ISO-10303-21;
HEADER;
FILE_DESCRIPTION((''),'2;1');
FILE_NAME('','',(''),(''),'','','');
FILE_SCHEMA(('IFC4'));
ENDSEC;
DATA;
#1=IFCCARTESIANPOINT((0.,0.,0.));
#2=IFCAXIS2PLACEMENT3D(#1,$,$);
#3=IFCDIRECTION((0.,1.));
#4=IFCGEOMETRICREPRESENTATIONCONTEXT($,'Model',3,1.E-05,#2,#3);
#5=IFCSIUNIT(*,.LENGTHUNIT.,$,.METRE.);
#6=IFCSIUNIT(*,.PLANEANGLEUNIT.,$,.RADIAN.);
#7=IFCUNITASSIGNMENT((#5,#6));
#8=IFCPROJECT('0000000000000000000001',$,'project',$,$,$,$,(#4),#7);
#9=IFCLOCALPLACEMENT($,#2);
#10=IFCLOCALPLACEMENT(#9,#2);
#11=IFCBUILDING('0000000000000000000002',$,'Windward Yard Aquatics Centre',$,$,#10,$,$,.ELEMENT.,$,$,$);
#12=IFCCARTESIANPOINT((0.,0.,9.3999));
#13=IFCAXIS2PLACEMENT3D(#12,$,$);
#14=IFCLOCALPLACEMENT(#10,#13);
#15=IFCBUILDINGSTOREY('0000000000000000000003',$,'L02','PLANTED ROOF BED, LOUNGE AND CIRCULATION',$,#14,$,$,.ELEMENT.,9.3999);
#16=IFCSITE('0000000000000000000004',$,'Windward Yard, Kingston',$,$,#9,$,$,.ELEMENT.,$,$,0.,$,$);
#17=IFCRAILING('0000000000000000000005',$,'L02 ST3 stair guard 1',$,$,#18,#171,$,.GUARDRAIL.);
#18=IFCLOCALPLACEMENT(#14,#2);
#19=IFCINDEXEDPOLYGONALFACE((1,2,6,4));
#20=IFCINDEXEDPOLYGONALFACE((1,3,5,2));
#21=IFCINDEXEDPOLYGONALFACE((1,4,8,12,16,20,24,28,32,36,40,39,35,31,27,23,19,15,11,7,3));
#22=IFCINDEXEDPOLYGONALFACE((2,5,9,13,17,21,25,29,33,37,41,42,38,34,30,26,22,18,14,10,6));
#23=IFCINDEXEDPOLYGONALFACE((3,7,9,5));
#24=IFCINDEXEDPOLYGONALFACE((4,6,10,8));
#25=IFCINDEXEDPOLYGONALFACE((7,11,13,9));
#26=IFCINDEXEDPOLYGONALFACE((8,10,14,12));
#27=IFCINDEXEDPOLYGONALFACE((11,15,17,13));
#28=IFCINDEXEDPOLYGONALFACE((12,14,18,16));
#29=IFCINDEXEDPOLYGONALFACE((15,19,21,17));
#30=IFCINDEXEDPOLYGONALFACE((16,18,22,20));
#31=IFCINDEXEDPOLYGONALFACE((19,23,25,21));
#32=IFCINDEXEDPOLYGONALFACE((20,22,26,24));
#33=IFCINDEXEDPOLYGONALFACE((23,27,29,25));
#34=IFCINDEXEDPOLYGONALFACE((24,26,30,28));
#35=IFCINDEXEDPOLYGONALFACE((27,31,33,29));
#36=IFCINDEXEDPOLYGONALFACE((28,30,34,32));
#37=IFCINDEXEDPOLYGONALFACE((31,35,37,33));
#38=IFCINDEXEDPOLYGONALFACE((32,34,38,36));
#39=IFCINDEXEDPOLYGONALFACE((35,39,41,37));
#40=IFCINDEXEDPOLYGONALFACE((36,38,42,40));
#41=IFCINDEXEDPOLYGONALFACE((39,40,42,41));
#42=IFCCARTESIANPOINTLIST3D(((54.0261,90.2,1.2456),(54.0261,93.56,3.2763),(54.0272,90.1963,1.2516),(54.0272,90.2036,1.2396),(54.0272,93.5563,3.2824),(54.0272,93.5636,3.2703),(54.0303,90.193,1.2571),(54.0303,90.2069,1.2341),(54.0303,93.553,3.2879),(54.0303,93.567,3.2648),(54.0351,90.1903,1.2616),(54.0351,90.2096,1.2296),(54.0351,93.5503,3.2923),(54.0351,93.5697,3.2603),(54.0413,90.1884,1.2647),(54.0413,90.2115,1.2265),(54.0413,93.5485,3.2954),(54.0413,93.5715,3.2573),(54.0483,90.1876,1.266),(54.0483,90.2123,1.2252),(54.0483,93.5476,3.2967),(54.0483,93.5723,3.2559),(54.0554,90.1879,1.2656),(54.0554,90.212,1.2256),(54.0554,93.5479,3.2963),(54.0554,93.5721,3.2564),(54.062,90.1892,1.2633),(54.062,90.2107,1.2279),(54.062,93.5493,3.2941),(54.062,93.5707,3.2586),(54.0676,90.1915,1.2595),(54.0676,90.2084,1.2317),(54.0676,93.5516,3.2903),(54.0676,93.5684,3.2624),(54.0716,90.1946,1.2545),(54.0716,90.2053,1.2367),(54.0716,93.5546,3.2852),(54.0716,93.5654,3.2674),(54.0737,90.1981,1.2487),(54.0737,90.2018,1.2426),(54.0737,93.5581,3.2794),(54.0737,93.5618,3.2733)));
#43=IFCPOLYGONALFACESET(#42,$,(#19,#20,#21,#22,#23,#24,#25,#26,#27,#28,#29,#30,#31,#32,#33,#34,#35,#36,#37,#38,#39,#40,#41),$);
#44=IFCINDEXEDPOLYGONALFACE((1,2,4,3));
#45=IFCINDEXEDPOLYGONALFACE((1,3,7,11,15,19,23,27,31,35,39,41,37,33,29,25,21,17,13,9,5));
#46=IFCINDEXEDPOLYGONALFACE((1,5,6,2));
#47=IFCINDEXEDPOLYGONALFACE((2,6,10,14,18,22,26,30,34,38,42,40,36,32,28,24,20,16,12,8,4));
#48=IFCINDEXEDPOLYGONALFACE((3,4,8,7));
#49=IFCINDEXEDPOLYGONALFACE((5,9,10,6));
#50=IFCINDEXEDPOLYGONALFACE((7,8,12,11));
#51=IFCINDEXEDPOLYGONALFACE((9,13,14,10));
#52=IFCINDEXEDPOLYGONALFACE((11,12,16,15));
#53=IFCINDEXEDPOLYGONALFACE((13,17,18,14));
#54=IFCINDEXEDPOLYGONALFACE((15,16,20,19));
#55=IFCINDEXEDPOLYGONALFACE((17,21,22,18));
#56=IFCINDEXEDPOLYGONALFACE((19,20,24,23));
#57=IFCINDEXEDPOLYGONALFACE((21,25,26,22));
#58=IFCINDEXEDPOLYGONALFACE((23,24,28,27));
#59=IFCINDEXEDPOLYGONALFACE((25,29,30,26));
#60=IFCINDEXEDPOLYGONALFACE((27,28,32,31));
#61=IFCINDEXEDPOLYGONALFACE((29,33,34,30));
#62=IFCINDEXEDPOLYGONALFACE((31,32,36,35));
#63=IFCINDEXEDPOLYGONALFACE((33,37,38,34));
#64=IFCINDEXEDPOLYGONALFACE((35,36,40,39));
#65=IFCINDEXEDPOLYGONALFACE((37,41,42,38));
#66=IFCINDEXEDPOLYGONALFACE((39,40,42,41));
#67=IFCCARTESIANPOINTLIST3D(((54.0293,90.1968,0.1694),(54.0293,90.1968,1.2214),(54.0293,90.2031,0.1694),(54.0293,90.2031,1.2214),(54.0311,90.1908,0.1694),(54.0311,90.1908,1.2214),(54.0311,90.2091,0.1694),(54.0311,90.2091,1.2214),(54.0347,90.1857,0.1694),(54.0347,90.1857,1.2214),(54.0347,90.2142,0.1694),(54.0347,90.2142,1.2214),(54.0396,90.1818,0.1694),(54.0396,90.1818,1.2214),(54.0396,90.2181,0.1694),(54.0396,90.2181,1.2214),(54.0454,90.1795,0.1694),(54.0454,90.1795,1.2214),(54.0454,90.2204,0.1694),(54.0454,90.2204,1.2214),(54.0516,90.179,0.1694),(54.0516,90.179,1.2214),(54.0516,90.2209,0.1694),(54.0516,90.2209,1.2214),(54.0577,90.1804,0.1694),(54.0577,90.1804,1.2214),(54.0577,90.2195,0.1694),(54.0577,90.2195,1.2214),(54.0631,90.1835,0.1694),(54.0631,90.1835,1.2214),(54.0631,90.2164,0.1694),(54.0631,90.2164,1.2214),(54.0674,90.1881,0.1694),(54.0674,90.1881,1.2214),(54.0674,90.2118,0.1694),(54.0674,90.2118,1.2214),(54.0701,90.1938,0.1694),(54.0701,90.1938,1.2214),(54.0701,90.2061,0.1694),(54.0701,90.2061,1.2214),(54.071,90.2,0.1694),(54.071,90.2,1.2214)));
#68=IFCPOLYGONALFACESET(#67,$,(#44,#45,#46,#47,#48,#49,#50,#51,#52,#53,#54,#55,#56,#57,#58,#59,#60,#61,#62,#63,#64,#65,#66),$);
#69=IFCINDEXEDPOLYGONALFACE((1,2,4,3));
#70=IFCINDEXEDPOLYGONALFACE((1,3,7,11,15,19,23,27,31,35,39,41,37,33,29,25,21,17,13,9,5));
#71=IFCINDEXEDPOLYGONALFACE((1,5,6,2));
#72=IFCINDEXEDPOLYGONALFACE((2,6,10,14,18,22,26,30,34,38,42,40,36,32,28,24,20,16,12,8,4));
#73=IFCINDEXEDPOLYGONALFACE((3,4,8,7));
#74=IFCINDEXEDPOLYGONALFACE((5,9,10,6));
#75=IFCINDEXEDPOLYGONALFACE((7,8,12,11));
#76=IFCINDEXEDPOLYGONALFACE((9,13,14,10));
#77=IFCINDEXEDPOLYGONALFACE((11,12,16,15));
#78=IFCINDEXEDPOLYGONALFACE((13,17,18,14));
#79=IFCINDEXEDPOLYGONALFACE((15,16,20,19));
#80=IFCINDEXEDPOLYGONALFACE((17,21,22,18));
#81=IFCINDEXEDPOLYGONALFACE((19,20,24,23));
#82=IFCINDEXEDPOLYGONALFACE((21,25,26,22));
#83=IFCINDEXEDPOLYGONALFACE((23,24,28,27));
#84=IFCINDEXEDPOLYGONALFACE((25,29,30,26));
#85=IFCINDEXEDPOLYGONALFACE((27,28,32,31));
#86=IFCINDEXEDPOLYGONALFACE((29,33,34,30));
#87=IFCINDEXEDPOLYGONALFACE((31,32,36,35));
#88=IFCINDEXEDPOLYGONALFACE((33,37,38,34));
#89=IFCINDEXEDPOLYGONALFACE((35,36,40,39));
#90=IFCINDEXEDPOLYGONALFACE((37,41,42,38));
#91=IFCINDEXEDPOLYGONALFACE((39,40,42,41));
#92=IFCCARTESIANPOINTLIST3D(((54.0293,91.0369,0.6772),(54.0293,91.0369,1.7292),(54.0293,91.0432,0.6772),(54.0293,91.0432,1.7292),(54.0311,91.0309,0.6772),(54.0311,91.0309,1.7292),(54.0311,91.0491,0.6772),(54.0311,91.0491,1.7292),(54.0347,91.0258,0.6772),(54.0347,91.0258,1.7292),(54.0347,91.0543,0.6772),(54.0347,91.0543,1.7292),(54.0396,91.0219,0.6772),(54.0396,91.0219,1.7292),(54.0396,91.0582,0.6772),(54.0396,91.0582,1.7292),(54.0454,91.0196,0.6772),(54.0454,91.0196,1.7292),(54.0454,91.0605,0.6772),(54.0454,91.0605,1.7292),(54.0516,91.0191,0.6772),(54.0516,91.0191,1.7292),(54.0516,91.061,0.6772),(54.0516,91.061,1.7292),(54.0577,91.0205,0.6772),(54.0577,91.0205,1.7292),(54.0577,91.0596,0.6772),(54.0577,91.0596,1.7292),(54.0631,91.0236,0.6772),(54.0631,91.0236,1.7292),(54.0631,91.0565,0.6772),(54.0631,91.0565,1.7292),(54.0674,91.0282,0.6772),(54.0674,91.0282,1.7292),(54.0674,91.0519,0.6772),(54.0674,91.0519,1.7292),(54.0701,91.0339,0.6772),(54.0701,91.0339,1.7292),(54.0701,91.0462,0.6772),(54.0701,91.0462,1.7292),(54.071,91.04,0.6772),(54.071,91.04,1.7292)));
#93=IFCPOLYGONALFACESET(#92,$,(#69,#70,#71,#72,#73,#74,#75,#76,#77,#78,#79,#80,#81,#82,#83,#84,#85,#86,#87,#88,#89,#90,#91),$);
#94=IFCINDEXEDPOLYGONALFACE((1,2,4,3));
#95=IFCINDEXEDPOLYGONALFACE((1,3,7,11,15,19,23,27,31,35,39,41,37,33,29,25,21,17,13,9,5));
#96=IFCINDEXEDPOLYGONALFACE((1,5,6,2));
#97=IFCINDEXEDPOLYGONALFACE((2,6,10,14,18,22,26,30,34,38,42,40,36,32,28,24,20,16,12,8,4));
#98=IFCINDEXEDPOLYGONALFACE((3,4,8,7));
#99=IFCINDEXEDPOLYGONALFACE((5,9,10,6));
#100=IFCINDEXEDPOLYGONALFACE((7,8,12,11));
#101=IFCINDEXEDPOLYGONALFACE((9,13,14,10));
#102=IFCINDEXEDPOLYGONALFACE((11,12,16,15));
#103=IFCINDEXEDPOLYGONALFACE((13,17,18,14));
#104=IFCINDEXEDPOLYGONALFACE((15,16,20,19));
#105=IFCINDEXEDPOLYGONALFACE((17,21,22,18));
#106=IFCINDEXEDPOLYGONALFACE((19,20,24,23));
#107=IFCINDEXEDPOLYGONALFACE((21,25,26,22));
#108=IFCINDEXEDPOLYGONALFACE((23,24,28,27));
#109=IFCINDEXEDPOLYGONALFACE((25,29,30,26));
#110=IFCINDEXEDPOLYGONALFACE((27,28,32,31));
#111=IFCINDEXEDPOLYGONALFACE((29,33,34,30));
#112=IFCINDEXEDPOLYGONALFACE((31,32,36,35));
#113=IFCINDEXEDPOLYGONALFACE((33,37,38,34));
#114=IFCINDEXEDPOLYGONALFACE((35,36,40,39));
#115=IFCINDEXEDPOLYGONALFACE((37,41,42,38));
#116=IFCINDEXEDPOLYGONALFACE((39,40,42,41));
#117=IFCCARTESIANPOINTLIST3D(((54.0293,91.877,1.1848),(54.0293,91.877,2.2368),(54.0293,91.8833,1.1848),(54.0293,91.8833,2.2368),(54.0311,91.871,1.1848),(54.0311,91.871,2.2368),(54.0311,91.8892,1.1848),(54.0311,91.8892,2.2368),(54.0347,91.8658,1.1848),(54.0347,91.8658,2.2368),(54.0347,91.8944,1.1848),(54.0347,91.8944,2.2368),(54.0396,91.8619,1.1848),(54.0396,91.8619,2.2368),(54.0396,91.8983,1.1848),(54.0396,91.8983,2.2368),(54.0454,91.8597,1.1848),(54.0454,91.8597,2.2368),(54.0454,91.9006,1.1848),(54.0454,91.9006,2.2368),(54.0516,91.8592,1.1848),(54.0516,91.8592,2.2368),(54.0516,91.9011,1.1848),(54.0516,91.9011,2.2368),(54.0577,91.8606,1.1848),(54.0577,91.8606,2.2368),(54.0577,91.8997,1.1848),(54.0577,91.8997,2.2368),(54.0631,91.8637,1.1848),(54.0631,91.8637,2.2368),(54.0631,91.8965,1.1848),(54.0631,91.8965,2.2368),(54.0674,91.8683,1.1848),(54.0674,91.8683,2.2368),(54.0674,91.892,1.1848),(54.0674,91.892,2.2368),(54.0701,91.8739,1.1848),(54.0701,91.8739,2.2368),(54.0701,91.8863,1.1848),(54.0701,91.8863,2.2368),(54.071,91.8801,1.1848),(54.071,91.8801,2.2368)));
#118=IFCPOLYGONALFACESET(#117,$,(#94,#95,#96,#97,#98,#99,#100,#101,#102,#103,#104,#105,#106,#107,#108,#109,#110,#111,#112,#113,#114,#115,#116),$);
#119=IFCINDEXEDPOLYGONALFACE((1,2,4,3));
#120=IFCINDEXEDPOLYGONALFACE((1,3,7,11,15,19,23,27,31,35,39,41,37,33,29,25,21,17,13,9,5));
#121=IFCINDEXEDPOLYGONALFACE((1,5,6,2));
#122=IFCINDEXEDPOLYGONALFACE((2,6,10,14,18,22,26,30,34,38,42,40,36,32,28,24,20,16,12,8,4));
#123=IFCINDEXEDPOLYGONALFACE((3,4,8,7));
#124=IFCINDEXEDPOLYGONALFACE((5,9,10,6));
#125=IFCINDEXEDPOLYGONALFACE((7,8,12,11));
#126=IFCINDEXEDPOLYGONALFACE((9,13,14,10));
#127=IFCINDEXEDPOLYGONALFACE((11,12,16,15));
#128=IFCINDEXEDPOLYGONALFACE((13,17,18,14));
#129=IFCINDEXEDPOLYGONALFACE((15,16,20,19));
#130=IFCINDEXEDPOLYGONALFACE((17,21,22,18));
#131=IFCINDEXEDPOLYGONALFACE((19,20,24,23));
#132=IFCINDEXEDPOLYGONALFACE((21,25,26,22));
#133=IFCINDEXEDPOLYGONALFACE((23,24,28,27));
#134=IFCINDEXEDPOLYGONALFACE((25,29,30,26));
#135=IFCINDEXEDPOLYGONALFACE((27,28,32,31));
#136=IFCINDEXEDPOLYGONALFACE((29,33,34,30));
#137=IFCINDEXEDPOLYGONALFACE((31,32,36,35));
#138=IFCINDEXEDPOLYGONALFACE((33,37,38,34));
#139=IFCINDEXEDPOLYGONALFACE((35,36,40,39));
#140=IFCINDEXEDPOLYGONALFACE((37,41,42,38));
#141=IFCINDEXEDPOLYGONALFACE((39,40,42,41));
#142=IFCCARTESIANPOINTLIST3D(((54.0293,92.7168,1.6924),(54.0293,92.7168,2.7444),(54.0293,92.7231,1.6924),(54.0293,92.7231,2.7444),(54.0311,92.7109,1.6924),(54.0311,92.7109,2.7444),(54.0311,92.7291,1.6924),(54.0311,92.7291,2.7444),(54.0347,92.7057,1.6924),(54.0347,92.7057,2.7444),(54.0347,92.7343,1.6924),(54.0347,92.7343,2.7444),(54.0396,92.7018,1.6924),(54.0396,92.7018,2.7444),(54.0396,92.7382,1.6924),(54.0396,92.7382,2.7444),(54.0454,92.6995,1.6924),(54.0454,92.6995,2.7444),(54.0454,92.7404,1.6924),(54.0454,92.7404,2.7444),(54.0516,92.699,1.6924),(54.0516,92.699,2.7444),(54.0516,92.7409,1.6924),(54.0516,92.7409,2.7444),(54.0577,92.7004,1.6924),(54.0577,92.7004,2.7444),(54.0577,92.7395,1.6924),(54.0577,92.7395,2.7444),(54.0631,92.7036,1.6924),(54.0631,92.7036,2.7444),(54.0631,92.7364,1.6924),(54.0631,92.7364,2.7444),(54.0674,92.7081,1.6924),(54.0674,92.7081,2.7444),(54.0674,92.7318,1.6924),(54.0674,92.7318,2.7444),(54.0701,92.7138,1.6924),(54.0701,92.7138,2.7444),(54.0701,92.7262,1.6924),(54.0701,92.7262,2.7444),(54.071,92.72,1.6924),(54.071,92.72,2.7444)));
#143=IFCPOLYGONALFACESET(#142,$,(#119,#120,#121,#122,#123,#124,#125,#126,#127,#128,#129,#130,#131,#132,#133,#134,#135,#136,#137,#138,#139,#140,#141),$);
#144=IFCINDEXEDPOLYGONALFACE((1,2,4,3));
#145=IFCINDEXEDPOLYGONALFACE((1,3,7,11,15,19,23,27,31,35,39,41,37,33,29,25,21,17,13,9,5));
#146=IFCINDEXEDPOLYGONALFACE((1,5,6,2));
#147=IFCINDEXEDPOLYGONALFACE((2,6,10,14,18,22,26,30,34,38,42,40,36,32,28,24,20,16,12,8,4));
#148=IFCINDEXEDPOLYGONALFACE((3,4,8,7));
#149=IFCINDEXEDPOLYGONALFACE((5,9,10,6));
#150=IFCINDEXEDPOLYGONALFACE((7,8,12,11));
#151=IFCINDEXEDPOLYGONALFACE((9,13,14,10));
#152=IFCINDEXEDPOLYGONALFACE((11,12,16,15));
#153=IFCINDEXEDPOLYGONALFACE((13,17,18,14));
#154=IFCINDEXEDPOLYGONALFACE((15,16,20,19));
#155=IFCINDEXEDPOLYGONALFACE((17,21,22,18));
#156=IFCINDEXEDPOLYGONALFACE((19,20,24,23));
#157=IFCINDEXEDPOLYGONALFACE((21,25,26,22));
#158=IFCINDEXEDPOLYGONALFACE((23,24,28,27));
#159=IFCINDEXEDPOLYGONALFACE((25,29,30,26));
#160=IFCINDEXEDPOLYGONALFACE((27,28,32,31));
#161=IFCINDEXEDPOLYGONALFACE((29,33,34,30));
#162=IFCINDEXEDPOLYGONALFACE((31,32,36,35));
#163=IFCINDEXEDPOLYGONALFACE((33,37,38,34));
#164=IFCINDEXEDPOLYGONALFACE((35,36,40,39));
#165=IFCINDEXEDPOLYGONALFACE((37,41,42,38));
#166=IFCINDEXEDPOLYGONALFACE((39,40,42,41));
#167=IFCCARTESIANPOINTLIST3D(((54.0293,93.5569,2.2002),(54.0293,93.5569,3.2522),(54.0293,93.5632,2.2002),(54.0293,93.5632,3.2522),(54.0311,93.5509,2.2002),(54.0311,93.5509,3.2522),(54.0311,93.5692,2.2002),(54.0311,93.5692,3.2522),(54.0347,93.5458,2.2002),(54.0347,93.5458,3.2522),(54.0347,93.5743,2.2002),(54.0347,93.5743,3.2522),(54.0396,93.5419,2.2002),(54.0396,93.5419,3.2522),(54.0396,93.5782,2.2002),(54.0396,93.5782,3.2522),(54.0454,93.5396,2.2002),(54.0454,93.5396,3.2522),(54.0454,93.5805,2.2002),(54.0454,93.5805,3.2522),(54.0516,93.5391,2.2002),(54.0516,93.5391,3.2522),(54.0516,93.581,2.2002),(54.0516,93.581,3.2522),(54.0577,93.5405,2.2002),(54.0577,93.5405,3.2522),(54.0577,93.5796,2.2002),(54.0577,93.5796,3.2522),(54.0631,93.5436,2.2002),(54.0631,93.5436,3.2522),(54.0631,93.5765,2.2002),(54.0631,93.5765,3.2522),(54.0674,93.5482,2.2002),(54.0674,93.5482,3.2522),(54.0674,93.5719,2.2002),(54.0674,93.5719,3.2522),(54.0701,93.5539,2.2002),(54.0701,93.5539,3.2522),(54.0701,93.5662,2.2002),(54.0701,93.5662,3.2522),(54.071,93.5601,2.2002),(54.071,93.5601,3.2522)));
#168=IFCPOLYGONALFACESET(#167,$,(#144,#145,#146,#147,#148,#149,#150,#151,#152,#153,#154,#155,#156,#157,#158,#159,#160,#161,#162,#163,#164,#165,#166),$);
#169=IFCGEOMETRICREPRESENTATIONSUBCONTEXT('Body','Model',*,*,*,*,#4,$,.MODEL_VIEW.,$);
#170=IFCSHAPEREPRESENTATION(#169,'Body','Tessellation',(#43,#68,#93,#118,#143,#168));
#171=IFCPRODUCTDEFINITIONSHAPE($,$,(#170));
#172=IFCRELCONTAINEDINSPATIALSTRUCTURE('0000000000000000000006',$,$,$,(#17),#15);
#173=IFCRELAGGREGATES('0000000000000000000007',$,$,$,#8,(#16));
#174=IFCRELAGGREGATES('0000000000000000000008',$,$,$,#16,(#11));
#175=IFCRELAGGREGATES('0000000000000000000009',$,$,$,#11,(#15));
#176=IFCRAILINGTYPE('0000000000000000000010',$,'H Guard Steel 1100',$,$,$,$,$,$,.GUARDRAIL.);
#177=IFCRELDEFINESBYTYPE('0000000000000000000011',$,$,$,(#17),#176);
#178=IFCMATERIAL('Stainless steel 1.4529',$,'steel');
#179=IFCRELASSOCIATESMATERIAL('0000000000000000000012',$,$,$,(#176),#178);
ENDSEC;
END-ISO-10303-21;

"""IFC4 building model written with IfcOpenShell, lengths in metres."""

from ifc_helpers import new_model, si_unit, direction, frame, origin, origin_2d, place, context, subcontext, project, spatial, circle, extrude, material, type_object, element, save


model = new_model("IFC4")

# Units and contexts
model_context = context("Model", 3, precision=1e-05, world=origin(), true_north=direction((0.0, 1.0)))
body_context = subcontext(model_context, "Body", "Model", "MODEL_VIEW")
ifc_project = project(units=[si_unit("LENGTHUNIT", "METRE"), si_unit("PLANEANGLEUNIT", "RADIAN")], contexts=[model_context])

# Site, building, storey
site_placement = place(None, origin())
site = spatial("IfcSite", under=ifc_project, at=site_placement, Name="Windward Yard, Kingston", CompositionType="ELEMENT", RefElevation=0.0)
building_placement = place(site_placement, origin())
building = spatial("IfcBuilding", under=site, at=building_placement, Name="Windward Yard Aquatics Centre", CompositionType="ELEMENT")
storey_placement = place(building_placement, frame((0.0, 0.0, 9.3999)))
storey = spatial("IfcBuildingStorey", under=building, at=storey_placement, Name="L02", Description="PLANTED ROOF BED, LOUNGE AND CIRCULATION", CompositionType="ELEMENT", Elevation=9.3999)

# Railing
ifc_material_1 = material(Name="Stainless steel 1.4529", Category="steel")
railing_type_1 = type_object("IfcRailingType", Name="H Guard Steel 1100", PredefinedType="GUARDRAIL", material=ifc_material_1)
railing_1_placement = place(storey_placement, frame((54.05, 90.2, 0.1694)))
element("IfcRailing", 1, at=railing_1_placement, inside=storey, type_object=railing_type_1, Name="L02 ST3 stair guard 1", PredefinedType="GUARDRAIL", context=body_context, shape_type="SweptSolid", body=[
    extrude(circle(Radius=0.0239, at=origin_2d()), frame((0.0, 0.0, 1.0762), z_axis=(0.0, 0.855837, 0.517246), x_axis=(-1.0, 0.0, 0.0)), (0.0, 0.0, 1.0), 3.926),
    extrude(circle(Radius=0.021, at=origin_2d()), origin(), (0.0, 0.0, 1.0), 1.052),
    extrude(circle(Radius=0.021, at=origin_2d()), frame((0.0, 0.8401, 0.5078)), (0.0, 0.0, 1.0), 1.052),
    extrude(circle(Radius=0.021, at=origin_2d()), frame((0.0, 1.6802, 1.0154)), (0.0, 0.0, 1.0), 1.052),
    extrude(circle(Radius=0.021, at=origin_2d()), frame((0.0, 2.52, 1.5229)), (0.0, 0.0, 1.0), 1.052),
    extrude(circle(Radius=0.021, at=origin_2d()), frame((0.0, 3.3601, 2.0308)), (0.0, 0.0, 1.0), 1.052),
])

save(model, "model.ifc")
